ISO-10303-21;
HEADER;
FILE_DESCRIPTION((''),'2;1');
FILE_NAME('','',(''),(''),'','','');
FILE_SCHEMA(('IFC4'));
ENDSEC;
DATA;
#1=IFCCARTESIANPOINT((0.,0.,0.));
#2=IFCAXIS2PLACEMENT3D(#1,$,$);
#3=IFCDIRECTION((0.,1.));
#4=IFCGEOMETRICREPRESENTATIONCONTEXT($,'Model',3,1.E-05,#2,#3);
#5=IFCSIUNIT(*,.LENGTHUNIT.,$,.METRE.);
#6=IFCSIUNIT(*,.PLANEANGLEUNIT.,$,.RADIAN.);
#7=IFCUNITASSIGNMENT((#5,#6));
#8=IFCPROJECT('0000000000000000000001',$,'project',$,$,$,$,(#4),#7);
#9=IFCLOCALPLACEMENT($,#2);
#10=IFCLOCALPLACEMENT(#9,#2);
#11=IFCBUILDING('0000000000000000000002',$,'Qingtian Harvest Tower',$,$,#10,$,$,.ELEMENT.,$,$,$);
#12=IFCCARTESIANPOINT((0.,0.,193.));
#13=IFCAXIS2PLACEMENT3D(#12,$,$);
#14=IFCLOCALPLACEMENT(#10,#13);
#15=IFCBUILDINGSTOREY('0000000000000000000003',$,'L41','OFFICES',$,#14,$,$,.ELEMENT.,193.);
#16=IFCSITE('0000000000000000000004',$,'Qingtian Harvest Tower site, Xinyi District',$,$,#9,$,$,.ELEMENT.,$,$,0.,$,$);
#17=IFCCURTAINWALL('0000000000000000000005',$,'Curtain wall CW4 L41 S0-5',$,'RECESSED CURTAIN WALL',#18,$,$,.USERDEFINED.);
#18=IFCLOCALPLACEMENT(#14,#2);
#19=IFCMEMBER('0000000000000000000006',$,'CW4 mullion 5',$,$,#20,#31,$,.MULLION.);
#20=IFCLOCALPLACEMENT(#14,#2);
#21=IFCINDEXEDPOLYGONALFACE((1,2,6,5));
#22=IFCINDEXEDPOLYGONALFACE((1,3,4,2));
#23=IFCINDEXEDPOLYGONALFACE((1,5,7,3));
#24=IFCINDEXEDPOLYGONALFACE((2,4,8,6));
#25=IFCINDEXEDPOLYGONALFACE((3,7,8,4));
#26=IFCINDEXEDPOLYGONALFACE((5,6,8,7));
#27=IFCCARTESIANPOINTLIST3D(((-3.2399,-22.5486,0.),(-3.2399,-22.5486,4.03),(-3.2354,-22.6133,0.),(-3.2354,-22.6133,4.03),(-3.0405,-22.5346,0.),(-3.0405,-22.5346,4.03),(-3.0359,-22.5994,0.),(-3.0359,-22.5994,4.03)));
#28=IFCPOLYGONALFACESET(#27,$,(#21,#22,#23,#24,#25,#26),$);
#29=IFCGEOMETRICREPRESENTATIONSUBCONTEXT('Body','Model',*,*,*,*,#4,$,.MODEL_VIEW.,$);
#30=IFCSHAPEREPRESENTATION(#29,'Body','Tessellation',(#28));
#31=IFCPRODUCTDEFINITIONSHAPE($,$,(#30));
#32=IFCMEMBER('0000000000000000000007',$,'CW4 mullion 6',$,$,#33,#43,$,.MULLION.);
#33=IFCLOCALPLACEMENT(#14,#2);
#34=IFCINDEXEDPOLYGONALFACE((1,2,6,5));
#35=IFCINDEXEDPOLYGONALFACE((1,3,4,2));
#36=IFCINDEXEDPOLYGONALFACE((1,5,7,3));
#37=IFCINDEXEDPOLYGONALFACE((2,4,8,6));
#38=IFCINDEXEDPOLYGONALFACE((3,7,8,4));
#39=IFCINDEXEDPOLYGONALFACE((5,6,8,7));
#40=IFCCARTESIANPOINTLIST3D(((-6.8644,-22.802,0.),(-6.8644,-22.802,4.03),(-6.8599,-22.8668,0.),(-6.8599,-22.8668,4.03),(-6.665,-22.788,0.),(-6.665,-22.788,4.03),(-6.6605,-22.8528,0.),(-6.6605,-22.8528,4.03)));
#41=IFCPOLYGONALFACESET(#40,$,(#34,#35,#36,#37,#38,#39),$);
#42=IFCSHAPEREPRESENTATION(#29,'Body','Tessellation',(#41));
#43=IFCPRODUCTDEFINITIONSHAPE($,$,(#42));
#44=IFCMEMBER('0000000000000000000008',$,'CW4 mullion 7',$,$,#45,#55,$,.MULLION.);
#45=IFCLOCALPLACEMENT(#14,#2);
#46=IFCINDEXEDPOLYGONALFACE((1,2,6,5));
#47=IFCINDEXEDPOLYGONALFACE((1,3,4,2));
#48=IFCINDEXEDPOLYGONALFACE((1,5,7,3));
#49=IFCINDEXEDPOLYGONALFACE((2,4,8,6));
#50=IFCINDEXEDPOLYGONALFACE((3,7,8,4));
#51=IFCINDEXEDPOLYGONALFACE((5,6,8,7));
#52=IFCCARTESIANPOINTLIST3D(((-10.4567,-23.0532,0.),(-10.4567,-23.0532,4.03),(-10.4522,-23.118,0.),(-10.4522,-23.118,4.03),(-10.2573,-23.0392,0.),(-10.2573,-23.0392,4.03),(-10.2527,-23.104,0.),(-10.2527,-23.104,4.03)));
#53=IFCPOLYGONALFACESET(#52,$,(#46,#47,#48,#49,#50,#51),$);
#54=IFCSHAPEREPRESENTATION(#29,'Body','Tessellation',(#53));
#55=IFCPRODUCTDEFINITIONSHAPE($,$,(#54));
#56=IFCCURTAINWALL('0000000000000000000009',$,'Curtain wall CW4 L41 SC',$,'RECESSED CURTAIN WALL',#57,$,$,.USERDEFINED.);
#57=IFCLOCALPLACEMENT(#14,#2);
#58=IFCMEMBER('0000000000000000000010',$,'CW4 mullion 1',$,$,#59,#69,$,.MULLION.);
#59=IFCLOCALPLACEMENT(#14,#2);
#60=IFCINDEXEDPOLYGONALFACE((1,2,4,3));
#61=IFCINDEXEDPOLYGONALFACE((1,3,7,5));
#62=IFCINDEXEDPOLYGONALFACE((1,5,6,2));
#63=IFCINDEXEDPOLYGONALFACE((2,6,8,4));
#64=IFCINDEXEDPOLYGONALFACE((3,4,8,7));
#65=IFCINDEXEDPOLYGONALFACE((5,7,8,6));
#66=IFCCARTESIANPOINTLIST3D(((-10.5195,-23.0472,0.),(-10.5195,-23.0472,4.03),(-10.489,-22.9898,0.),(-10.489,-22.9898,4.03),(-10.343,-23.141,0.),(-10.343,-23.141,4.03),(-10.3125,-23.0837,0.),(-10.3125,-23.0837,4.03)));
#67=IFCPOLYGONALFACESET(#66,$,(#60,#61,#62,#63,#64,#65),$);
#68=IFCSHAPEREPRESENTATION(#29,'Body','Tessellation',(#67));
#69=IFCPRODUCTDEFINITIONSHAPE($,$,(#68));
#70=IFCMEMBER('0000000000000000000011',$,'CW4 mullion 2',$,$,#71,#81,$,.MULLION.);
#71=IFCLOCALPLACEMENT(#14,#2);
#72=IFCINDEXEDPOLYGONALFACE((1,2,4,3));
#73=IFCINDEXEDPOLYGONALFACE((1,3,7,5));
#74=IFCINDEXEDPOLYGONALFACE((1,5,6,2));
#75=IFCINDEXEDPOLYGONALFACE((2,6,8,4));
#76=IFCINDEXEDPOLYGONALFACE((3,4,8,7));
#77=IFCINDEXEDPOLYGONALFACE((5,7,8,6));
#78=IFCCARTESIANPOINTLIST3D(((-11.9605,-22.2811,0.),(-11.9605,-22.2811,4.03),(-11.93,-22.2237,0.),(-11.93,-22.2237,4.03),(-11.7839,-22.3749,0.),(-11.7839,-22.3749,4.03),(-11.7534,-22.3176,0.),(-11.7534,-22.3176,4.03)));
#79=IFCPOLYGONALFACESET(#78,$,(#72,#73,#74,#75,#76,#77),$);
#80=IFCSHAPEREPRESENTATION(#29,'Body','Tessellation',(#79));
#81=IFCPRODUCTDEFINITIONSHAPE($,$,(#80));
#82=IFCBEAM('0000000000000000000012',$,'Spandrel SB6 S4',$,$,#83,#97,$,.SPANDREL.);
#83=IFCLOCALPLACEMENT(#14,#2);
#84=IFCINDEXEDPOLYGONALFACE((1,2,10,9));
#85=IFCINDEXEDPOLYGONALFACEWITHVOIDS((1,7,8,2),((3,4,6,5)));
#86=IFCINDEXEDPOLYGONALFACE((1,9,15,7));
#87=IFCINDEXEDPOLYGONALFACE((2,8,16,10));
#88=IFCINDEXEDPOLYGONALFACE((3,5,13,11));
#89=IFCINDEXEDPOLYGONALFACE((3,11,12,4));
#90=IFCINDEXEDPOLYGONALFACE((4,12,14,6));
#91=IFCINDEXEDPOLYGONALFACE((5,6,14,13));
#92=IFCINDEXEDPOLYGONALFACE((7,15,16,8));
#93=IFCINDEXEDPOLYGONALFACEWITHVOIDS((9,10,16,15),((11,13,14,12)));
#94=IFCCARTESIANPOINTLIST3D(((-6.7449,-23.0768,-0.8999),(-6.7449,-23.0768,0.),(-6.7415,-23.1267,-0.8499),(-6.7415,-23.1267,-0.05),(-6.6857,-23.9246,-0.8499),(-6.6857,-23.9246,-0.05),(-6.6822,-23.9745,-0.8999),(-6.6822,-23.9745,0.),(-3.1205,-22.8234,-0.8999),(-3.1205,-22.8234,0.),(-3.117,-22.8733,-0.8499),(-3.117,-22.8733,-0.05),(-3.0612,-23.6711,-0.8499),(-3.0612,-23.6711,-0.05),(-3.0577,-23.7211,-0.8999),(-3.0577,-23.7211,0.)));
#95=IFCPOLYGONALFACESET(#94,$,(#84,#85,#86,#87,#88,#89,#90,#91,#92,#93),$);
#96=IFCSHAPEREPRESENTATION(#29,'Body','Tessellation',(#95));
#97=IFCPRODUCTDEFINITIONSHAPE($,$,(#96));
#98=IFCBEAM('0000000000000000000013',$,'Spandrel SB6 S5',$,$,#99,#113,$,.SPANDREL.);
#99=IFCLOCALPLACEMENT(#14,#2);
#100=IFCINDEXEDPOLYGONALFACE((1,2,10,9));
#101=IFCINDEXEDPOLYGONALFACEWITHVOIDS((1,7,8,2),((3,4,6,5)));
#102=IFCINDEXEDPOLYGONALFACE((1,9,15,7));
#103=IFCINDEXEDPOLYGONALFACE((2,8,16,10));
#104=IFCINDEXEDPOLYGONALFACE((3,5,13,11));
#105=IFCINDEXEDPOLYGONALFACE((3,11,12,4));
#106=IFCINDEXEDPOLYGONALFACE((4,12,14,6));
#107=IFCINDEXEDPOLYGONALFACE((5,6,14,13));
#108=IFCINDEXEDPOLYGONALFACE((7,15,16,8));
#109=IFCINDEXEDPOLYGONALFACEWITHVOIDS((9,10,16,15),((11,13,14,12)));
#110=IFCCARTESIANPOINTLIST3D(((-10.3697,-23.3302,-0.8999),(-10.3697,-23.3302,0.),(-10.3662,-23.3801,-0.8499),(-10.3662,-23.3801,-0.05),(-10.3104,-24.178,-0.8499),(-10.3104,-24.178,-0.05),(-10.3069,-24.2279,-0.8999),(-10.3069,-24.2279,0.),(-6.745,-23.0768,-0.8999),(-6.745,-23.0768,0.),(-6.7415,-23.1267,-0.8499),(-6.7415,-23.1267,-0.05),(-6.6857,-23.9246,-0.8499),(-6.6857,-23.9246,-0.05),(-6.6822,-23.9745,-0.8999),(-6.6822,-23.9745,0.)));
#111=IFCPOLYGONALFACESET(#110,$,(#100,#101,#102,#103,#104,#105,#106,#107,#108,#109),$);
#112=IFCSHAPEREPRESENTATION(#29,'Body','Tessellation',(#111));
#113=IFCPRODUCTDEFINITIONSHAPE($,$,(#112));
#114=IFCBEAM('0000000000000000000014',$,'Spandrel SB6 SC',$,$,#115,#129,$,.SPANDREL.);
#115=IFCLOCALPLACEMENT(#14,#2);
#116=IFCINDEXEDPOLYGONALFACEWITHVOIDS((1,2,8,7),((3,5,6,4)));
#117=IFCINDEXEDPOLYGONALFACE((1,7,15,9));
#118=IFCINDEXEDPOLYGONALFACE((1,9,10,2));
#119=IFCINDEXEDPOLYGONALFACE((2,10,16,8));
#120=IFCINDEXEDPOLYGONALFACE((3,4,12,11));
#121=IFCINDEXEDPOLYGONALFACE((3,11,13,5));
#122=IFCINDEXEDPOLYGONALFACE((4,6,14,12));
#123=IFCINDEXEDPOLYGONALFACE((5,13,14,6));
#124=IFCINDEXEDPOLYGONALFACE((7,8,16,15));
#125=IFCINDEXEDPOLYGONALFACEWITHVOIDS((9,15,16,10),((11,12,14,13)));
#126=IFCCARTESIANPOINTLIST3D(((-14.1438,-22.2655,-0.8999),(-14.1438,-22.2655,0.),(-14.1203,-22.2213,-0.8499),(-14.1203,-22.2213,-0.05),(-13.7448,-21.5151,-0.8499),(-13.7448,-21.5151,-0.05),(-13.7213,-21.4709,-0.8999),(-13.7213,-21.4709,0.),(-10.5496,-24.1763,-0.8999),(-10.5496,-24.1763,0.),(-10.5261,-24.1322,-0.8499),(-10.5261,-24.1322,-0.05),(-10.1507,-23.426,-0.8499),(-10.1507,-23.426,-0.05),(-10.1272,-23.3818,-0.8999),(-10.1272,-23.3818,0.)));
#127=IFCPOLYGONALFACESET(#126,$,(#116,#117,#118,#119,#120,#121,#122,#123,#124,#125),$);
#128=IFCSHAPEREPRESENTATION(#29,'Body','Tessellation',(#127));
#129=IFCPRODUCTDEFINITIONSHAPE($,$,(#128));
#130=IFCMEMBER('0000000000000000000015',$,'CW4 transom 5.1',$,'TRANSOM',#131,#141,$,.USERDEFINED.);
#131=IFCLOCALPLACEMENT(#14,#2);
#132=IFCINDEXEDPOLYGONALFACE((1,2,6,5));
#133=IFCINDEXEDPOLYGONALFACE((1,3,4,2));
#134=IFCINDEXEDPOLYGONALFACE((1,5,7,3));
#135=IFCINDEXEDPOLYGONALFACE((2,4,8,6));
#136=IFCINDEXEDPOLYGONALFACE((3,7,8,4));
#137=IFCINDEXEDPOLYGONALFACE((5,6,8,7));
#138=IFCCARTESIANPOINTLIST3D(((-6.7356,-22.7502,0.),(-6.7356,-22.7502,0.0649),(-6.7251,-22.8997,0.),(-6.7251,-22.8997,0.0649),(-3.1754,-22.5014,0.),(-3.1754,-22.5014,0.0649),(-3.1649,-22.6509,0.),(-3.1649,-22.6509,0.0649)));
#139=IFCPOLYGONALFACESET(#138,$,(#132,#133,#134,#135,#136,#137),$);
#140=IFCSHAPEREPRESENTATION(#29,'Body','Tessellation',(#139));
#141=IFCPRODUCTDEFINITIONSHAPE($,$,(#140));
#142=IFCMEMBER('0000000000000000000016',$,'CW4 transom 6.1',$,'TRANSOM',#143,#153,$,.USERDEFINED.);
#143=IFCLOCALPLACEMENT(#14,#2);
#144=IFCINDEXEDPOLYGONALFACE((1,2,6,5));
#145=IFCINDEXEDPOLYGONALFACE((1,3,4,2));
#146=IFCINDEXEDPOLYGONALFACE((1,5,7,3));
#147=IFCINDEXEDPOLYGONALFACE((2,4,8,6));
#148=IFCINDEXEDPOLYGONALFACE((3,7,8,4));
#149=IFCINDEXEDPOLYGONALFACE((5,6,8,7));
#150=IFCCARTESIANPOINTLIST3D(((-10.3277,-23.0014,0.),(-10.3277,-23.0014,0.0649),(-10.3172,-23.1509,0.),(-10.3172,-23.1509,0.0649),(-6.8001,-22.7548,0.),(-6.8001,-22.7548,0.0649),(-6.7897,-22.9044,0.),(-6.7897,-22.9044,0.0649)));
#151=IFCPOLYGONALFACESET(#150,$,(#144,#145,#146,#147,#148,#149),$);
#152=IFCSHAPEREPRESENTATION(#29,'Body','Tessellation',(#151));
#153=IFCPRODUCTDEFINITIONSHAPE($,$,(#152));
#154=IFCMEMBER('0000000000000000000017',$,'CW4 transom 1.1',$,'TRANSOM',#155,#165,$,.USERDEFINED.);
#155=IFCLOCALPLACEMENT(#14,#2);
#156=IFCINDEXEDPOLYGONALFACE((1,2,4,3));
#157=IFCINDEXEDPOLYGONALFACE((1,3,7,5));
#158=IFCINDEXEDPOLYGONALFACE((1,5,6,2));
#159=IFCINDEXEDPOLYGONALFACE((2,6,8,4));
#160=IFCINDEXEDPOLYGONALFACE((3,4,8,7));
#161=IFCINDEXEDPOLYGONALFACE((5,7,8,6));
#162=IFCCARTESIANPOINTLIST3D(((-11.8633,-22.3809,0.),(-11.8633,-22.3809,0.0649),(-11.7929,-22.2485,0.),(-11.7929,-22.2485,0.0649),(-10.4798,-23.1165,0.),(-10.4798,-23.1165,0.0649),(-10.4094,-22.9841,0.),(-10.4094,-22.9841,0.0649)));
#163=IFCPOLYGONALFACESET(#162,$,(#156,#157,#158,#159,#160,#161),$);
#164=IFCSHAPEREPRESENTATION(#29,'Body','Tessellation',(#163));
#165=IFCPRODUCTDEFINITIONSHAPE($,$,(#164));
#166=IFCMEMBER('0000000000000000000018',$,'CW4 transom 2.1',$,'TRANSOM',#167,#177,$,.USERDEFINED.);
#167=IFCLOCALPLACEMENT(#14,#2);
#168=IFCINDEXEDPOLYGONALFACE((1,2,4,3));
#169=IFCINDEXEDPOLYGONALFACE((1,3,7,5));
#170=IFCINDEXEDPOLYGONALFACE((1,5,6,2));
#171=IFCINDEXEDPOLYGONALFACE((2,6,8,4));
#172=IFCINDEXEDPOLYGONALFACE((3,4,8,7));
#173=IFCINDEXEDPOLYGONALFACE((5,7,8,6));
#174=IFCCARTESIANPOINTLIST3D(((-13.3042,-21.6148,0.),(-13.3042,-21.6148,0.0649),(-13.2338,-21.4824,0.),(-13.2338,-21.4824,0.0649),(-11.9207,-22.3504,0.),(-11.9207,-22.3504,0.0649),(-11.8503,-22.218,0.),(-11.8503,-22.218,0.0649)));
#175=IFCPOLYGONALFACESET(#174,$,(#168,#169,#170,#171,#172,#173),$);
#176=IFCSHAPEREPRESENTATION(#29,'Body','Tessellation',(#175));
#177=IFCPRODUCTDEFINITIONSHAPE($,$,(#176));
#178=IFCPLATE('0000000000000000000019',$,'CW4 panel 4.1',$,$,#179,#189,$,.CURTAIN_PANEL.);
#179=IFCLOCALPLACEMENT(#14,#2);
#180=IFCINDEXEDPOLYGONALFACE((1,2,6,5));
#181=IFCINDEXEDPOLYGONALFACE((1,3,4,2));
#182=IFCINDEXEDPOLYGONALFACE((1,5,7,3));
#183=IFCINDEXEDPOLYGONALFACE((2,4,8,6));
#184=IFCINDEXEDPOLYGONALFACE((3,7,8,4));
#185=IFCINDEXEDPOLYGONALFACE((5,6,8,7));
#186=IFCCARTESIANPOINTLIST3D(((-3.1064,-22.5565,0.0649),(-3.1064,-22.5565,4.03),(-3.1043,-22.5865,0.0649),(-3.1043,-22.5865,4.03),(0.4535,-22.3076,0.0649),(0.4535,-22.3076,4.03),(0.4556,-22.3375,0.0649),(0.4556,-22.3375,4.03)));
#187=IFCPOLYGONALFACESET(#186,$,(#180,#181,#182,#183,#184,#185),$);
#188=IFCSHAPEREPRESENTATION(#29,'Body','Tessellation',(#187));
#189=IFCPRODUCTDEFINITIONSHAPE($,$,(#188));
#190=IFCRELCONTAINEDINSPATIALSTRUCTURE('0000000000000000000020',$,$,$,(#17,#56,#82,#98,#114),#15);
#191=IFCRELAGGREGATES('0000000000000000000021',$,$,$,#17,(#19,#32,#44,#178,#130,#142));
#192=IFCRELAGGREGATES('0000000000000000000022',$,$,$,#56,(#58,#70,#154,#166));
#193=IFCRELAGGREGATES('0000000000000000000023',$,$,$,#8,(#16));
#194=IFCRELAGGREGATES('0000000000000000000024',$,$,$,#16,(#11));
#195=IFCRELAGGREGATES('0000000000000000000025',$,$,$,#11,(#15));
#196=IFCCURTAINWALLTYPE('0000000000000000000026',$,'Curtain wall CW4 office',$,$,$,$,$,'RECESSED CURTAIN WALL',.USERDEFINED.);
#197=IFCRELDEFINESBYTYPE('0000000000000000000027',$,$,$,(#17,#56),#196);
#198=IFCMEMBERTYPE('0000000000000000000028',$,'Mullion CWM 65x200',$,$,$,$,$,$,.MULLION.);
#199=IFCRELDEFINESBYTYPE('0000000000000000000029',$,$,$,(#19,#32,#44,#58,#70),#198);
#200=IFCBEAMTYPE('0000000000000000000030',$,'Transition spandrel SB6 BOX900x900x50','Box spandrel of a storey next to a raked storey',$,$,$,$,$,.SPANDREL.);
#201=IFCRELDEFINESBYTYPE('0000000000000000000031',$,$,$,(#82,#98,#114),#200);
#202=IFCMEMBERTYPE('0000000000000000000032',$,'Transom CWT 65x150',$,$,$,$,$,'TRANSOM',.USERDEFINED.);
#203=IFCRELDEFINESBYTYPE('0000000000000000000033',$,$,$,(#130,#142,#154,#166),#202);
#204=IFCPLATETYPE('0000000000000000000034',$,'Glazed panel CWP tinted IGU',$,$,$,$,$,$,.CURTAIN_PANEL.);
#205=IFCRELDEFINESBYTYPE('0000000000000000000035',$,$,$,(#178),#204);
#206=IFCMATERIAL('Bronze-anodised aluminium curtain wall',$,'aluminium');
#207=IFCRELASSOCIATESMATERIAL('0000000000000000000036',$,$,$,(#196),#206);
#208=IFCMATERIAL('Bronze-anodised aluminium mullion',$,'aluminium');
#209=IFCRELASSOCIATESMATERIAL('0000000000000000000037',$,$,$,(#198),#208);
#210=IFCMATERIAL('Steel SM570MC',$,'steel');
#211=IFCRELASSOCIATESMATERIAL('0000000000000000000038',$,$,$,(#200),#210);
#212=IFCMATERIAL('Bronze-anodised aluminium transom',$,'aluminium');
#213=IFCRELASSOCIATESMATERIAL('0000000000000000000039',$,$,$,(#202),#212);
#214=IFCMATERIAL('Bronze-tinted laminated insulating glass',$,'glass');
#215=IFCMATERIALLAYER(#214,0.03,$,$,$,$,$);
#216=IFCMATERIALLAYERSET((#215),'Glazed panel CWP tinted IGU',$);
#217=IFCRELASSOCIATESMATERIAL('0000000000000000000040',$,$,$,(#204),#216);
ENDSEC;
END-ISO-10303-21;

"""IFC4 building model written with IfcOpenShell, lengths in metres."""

from ifc_helpers import new_model, si_unit, direction, frame, origin, origin_2d, place, context, subcontext, project, spatial, rectangle, hollow_rectangle, extrude, material, layer, layer_set, material_profile, profile_set, type_object, element, aggregate, save


model = new_model("IFC4")

# Units and contexts
model_context = context("Model", 3, precision=1e-05, world=origin(), true_north=direction((0.0, 1.0)))
body_context = subcontext(model_context, "Body", "Model", "MODEL_VIEW")
ifc_project = project(units=[si_unit("LENGTHUNIT", "METRE"), si_unit("PLANEANGLEUNIT", "RADIAN")], contexts=[model_context])

# Site, building, storey
site_placement = place(None, origin())
site = spatial("IfcSite", under=ifc_project, at=site_placement, Name="Qingtian Harvest Tower site, Xinyi District", CompositionType="ELEMENT", RefElevation=0.0)
building_placement = place(site_placement, origin())
building = spatial("IfcBuilding", under=site, at=building_placement, Name="Qingtian Harvest Tower", CompositionType="ELEMENT")
storey_placement = place(building_placement, frame((0.0, 0.0, 193.0)))
storey = spatial("IfcBuildingStorey", under=building, at=storey_placement, Name="L41", Description="OFFICES", CompositionType="ELEMENT", Elevation=193.0)

# Curtain walls, members
ifc_material_1 = material(Name="Bronze-anodised aluminium curtain wall", Category="aluminium")
curtain_wall_type = type_object("IfcCurtainWallType", Name="Curtain wall CW4 office", ElementType="RECESSED CURTAIN WALL", PredefinedType="USERDEFINED", material=ifc_material_1)
curtain_wall_1_placement = place(storey_placement, origin())
curtain_wall_1 = element("IfcCurtainWall", 1, at=curtain_wall_1_placement, inside=storey, type_object=curtain_wall_type, Name="Curtain wall CW4 L41 S0-5", ObjectType="RECESSED CURTAIN WALL", PredefinedType="USERDEFINED")
ifc_material_2 = material(Name="Bronze-anodised aluminium mullion", Category="aluminium")
ifc_material_profile_1 = material_profile(ifc_material_2, rectangle(XDim=0.0649, YDim=0.2, at=origin_2d()), Name="AL 65x200")
ifc_profile_set_1 = profile_set([ifc_material_profile_1], Name="Bronze-anodised aluminium mullion")
member_type_1 = type_object("IfcMemberType", Name="Mullion CWM 65x200", PredefinedType="MULLION", material=ifc_profile_set_1)
member_1_placement = place(storey_placement, frame((-3.1379, -22.574, 0.0), z_axis=(0.0, 0.0, 1.0), x_axis=(0.069756, -0.997564, 0.0)))
member_1 = element("IfcMember", 2, at=member_1_placement, type_object=member_type_1, Name="CW4 mullion 5", PredefinedType="MULLION", context=body_context, shape_type="SweptSolid", body=[
    extrude(rectangle(XDim=0.0649, YDim=0.2, at=origin_2d()), origin(), (0.0, 0.0, 1.0), 4.03),
])
member_2_placement = place(storey_placement, frame((-6.7625, -22.8274, 0.0), z_axis=(0.0, 0.0, 1.0), x_axis=(0.069756, -0.997564, 0.0)))
member_2 = element("IfcMember", 3, at=member_2_placement, type_object=member_type_1, Name="CW4 mullion 6", PredefinedType="MULLION", context=body_context, shape_type="SweptSolid", body=[
    extrude(rectangle(XDim=0.0649, YDim=0.2, at=origin_2d()), origin(), (0.0, 0.0, 1.0), 4.03),
])
member_3_placement = place(storey_placement, frame((-10.3547, -23.0786, 0.0), z_axis=(0.0, 0.0, 1.0), x_axis=(0.069756, -0.997564, 0.0)))
member_3 = element("IfcMember", 4, at=member_3_placement, type_object=member_type_1, Name="CW4 mullion 7", PredefinedType="MULLION", context=body_context, shape_type="SweptSolid", body=[
    extrude(rectangle(XDim=0.0649, YDim=0.2, at=origin_2d()), origin(), (0.0, 0.0, 1.0), 4.03),
])
curtain_wall_2_placement = place(storey_placement, origin())
curtain_wall_2 = element("IfcCurtainWall", 5, at=curtain_wall_2_placement, inside=storey, type_object=curtain_wall_type, Name="Curtain wall CW4 L41 SC", ObjectType="RECESSED CURTAIN WALL", PredefinedType="USERDEFINED")
member_4_placement = place(storey_placement, frame((-10.416, -23.0654, 0.0), z_axis=(0.0, 0.0, 1.0), x_axis=(-0.469472, -0.882948, 0.0)))
member_4 = element("IfcMember", 6, at=member_4_placement, type_object=member_type_1, Name="CW4 mullion 1", PredefinedType="MULLION", context=body_context, shape_type="SweptSolid", body=[
    extrude(rectangle(XDim=0.0649, YDim=0.2, at=origin_2d()), origin(), (0.0, 0.0, 1.0), 4.03),
])
member_5_placement = place(storey_placement, frame((-11.8569, -22.2993, 0.0), z_axis=(0.0, 0.0, 1.0), x_axis=(-0.469472, -0.882948, 0.0)))
member_5 = element("IfcMember", 7, at=member_5_placement, type_object=member_type_1, Name="CW4 mullion 2", PredefinedType="MULLION", context=body_context, shape_type="SweptSolid", body=[
    extrude(rectangle(XDim=0.0649, YDim=0.2, at=origin_2d()), origin(), (0.0, 0.0, 1.0), 4.03),
])

# Beams
ifc_material_3 = material(Name="Steel SM570MC", Category="steel")
ifc_material_profile_2 = material_profile(ifc_material_3, hollow_rectangle(XDim=0.8999, YDim=0.8999, WallThickness=0.05, at=origin_2d()), Name="BOX900x900x50")
ifc_profile_set_2 = profile_set([ifc_material_profile_2], Name="Steel SM570MC")
beam_type_1 = type_object("IfcBeamType", Name="Transition spandrel SB6 BOX900x900x50", Description="Box spandrel of a storey next to a raked storey", PredefinedType="SPANDREL", material=ifc_profile_set_2)
beam_1_placement = place(storey_placement, frame((-3.0891, -23.2722, -0.45), z_axis=(-0.997565, -0.069748, 0.0), x_axis=(0.069748, -0.997565, 0.0)))
element("IfcBeam", 8, at=beam_1_placement, inside=storey, type_object=beam_type_1, Name="Spandrel SB6 S4", PredefinedType="SPANDREL", context=body_context, shape_type="SweptSolid", body=[
    extrude(hollow_rectangle(XDim=0.8999, YDim=0.8999, WallThickness=0.05, at=origin_2d()), origin(), (0.0, 0.0, 1.0), 3.6333),
])
beam_2_placement = place(storey_placement, frame((-6.7136, -23.5256, -0.45), z_axis=(-0.997565, -0.069743, 0.0), x_axis=(0.069743, -0.997565, 0.0)))
element("IfcBeam", 9, at=beam_2_placement, inside=storey, type_object=beam_type_1, Name="Spandrel SB6 S5", PredefinedType="SPANDREL", context=body_context, shape_type="SweptSolid", body=[
    extrude(hollow_rectangle(XDim=0.8999, YDim=0.8999, WallThickness=0.05, at=origin_2d()), origin(), (0.0, 0.0, 1.0), 3.6335),
])
beam_3_placement = place(storey_placement, frame((-10.3384, -23.7791, -0.45), z_axis=(-0.882968, 0.469433, 0.0), x_axis=(-0.469433, -0.882968, 0.0)))
element("IfcBeam", 10, at=beam_3_placement, inside=storey, type_object=beam_type_1, Name="Spandrel SB6 SC", PredefinedType="SPANDREL", context=body_context, shape_type="SweptSolid", body=[
    extrude(hollow_rectangle(XDim=0.8999, YDim=0.8999, WallThickness=0.05, at=origin_2d()), origin(), (0.0, 0.0, 1.0), 4.0706),
])

# Members
ifc_material_4 = material(Name="Bronze-anodised aluminium transom", Category="aluminium")
ifc_material_profile_3 = material_profile(ifc_material_4, rectangle(XDim=0.1499, YDim=0.0649, at=origin_2d()), Name="AL 65x150")
ifc_profile_set_3 = profile_set([ifc_material_profile_3], Name="Bronze-anodised aluminium transom")
member_type_2 = type_object("IfcMemberType", Name="Transom CWT 65x150", ElementType="TRANSOM", PredefinedType="USERDEFINED", material=ifc_profile_set_3)
member_6_placement = place(storey_placement, frame((-3.1702, -22.5762, 0.0325), z_axis=(-0.997567, -0.069711, 0.0), x_axis=(0.069711, -0.997567, 0.0)))
member_6 = element("IfcMember", 11, at=member_6_placement, type_object=member_type_2, Name="CW4 transom 5.1", ObjectType="TRANSOM", PredefinedType="USERDEFINED", context=body_context, shape_type="SweptSolid", body=[
    extrude(rectangle(XDim=0.1499, YDim=0.0649, at=origin_2d()), origin(), (0.0, 0.0, 1.0), 3.5688),
])
member_7_placement = place(storey_placement, frame((-6.7949, -22.8296, 0.0325), z_axis=(-0.997566, -0.069731, 0.0), x_axis=(0.069731, -0.997566, 0.0)))
member_7 = element("IfcMember", 12, at=member_7_placement, type_object=member_type_2, Name="CW4 transom 6.1", ObjectType="TRANSOM", PredefinedType="USERDEFINED", context=body_context, shape_type="SweptSolid", body=[
    extrude(rectangle(XDim=0.1499, YDim=0.0649, at=origin_2d()), origin(), (0.0, 0.0, 1.0), 3.5361),
])
member_8_placement = place(storey_placement, frame((-10.4446, -23.0503, 0.0325), z_axis=(-0.88296, 0.469448, 0.0), x_axis=(-0.469448, -0.88296, 0.0)))
member_8 = element("IfcMember", 13, at=member_8_placement, type_object=member_type_2, Name="CW4 transom 1.1", ObjectType="TRANSOM", PredefinedType="USERDEFINED", context=body_context, shape_type="SweptSolid", body=[
    extrude(rectangle(XDim=0.1499, YDim=0.0649, at=origin_2d()), origin(), (0.0, 0.0, 1.0), 1.5669),
])
member_9_placement = place(storey_placement, frame((-11.8855, -22.2842, 0.0325), z_axis=(-0.88296, 0.469448, 0.0), x_axis=(-0.469448, -0.88296, 0.0)))
member_9 = element("IfcMember", 14, at=member_9_placement, type_object=member_type_2, Name="CW4 transom 2.1", ObjectType="TRANSOM", PredefinedType="USERDEFINED", context=body_context, shape_type="SweptSolid", body=[
    extrude(rectangle(XDim=0.1499, YDim=0.0649, at=origin_2d()), origin(), (0.0, 0.0, 1.0), 1.5669),
])

# Plate
ifc_material_5 = material(Name="Bronze-tinted laminated insulating glass", Category="glass")
ifc_layer_1 = layer(ifc_material_5, 0.03)
ifc_layer_set_1 = layer_set([ifc_layer_1], Name="Glazed panel CWP tinted IGU")
plate_type = type_object("IfcPlateType", Name="Glazed panel CWP tinted IGU", PredefinedType="CURTAIN_PANEL", material=ifc_layer_set_1)
plate_1_placement = place(storey_placement, frame((-1.3254, -22.447, 0.0649), z_axis=(0.0, 0.0, 1.0), x_axis=(-0.997564, -0.069756, 0.0)))
plate_1 = element("IfcPlate", 15, at=plate_1_placement, type_object=plate_type, Name="CW4 panel 4.1", PredefinedType="CURTAIN_PANEL", context=body_context, shape_type="SweptSolid", body=[
    extrude(rectangle(XDim=3.5686, YDim=0.03, at=origin_2d()), origin(), (0.0, 0.0, 1.0), 3.9651),
])
aggregate(curtain_wall_1, [member_1, member_2, member_3, plate_1, member_6, member_7])
aggregate(curtain_wall_2, [member_4, member_5, member_8, member_9])

save(model, "model.ifc")
